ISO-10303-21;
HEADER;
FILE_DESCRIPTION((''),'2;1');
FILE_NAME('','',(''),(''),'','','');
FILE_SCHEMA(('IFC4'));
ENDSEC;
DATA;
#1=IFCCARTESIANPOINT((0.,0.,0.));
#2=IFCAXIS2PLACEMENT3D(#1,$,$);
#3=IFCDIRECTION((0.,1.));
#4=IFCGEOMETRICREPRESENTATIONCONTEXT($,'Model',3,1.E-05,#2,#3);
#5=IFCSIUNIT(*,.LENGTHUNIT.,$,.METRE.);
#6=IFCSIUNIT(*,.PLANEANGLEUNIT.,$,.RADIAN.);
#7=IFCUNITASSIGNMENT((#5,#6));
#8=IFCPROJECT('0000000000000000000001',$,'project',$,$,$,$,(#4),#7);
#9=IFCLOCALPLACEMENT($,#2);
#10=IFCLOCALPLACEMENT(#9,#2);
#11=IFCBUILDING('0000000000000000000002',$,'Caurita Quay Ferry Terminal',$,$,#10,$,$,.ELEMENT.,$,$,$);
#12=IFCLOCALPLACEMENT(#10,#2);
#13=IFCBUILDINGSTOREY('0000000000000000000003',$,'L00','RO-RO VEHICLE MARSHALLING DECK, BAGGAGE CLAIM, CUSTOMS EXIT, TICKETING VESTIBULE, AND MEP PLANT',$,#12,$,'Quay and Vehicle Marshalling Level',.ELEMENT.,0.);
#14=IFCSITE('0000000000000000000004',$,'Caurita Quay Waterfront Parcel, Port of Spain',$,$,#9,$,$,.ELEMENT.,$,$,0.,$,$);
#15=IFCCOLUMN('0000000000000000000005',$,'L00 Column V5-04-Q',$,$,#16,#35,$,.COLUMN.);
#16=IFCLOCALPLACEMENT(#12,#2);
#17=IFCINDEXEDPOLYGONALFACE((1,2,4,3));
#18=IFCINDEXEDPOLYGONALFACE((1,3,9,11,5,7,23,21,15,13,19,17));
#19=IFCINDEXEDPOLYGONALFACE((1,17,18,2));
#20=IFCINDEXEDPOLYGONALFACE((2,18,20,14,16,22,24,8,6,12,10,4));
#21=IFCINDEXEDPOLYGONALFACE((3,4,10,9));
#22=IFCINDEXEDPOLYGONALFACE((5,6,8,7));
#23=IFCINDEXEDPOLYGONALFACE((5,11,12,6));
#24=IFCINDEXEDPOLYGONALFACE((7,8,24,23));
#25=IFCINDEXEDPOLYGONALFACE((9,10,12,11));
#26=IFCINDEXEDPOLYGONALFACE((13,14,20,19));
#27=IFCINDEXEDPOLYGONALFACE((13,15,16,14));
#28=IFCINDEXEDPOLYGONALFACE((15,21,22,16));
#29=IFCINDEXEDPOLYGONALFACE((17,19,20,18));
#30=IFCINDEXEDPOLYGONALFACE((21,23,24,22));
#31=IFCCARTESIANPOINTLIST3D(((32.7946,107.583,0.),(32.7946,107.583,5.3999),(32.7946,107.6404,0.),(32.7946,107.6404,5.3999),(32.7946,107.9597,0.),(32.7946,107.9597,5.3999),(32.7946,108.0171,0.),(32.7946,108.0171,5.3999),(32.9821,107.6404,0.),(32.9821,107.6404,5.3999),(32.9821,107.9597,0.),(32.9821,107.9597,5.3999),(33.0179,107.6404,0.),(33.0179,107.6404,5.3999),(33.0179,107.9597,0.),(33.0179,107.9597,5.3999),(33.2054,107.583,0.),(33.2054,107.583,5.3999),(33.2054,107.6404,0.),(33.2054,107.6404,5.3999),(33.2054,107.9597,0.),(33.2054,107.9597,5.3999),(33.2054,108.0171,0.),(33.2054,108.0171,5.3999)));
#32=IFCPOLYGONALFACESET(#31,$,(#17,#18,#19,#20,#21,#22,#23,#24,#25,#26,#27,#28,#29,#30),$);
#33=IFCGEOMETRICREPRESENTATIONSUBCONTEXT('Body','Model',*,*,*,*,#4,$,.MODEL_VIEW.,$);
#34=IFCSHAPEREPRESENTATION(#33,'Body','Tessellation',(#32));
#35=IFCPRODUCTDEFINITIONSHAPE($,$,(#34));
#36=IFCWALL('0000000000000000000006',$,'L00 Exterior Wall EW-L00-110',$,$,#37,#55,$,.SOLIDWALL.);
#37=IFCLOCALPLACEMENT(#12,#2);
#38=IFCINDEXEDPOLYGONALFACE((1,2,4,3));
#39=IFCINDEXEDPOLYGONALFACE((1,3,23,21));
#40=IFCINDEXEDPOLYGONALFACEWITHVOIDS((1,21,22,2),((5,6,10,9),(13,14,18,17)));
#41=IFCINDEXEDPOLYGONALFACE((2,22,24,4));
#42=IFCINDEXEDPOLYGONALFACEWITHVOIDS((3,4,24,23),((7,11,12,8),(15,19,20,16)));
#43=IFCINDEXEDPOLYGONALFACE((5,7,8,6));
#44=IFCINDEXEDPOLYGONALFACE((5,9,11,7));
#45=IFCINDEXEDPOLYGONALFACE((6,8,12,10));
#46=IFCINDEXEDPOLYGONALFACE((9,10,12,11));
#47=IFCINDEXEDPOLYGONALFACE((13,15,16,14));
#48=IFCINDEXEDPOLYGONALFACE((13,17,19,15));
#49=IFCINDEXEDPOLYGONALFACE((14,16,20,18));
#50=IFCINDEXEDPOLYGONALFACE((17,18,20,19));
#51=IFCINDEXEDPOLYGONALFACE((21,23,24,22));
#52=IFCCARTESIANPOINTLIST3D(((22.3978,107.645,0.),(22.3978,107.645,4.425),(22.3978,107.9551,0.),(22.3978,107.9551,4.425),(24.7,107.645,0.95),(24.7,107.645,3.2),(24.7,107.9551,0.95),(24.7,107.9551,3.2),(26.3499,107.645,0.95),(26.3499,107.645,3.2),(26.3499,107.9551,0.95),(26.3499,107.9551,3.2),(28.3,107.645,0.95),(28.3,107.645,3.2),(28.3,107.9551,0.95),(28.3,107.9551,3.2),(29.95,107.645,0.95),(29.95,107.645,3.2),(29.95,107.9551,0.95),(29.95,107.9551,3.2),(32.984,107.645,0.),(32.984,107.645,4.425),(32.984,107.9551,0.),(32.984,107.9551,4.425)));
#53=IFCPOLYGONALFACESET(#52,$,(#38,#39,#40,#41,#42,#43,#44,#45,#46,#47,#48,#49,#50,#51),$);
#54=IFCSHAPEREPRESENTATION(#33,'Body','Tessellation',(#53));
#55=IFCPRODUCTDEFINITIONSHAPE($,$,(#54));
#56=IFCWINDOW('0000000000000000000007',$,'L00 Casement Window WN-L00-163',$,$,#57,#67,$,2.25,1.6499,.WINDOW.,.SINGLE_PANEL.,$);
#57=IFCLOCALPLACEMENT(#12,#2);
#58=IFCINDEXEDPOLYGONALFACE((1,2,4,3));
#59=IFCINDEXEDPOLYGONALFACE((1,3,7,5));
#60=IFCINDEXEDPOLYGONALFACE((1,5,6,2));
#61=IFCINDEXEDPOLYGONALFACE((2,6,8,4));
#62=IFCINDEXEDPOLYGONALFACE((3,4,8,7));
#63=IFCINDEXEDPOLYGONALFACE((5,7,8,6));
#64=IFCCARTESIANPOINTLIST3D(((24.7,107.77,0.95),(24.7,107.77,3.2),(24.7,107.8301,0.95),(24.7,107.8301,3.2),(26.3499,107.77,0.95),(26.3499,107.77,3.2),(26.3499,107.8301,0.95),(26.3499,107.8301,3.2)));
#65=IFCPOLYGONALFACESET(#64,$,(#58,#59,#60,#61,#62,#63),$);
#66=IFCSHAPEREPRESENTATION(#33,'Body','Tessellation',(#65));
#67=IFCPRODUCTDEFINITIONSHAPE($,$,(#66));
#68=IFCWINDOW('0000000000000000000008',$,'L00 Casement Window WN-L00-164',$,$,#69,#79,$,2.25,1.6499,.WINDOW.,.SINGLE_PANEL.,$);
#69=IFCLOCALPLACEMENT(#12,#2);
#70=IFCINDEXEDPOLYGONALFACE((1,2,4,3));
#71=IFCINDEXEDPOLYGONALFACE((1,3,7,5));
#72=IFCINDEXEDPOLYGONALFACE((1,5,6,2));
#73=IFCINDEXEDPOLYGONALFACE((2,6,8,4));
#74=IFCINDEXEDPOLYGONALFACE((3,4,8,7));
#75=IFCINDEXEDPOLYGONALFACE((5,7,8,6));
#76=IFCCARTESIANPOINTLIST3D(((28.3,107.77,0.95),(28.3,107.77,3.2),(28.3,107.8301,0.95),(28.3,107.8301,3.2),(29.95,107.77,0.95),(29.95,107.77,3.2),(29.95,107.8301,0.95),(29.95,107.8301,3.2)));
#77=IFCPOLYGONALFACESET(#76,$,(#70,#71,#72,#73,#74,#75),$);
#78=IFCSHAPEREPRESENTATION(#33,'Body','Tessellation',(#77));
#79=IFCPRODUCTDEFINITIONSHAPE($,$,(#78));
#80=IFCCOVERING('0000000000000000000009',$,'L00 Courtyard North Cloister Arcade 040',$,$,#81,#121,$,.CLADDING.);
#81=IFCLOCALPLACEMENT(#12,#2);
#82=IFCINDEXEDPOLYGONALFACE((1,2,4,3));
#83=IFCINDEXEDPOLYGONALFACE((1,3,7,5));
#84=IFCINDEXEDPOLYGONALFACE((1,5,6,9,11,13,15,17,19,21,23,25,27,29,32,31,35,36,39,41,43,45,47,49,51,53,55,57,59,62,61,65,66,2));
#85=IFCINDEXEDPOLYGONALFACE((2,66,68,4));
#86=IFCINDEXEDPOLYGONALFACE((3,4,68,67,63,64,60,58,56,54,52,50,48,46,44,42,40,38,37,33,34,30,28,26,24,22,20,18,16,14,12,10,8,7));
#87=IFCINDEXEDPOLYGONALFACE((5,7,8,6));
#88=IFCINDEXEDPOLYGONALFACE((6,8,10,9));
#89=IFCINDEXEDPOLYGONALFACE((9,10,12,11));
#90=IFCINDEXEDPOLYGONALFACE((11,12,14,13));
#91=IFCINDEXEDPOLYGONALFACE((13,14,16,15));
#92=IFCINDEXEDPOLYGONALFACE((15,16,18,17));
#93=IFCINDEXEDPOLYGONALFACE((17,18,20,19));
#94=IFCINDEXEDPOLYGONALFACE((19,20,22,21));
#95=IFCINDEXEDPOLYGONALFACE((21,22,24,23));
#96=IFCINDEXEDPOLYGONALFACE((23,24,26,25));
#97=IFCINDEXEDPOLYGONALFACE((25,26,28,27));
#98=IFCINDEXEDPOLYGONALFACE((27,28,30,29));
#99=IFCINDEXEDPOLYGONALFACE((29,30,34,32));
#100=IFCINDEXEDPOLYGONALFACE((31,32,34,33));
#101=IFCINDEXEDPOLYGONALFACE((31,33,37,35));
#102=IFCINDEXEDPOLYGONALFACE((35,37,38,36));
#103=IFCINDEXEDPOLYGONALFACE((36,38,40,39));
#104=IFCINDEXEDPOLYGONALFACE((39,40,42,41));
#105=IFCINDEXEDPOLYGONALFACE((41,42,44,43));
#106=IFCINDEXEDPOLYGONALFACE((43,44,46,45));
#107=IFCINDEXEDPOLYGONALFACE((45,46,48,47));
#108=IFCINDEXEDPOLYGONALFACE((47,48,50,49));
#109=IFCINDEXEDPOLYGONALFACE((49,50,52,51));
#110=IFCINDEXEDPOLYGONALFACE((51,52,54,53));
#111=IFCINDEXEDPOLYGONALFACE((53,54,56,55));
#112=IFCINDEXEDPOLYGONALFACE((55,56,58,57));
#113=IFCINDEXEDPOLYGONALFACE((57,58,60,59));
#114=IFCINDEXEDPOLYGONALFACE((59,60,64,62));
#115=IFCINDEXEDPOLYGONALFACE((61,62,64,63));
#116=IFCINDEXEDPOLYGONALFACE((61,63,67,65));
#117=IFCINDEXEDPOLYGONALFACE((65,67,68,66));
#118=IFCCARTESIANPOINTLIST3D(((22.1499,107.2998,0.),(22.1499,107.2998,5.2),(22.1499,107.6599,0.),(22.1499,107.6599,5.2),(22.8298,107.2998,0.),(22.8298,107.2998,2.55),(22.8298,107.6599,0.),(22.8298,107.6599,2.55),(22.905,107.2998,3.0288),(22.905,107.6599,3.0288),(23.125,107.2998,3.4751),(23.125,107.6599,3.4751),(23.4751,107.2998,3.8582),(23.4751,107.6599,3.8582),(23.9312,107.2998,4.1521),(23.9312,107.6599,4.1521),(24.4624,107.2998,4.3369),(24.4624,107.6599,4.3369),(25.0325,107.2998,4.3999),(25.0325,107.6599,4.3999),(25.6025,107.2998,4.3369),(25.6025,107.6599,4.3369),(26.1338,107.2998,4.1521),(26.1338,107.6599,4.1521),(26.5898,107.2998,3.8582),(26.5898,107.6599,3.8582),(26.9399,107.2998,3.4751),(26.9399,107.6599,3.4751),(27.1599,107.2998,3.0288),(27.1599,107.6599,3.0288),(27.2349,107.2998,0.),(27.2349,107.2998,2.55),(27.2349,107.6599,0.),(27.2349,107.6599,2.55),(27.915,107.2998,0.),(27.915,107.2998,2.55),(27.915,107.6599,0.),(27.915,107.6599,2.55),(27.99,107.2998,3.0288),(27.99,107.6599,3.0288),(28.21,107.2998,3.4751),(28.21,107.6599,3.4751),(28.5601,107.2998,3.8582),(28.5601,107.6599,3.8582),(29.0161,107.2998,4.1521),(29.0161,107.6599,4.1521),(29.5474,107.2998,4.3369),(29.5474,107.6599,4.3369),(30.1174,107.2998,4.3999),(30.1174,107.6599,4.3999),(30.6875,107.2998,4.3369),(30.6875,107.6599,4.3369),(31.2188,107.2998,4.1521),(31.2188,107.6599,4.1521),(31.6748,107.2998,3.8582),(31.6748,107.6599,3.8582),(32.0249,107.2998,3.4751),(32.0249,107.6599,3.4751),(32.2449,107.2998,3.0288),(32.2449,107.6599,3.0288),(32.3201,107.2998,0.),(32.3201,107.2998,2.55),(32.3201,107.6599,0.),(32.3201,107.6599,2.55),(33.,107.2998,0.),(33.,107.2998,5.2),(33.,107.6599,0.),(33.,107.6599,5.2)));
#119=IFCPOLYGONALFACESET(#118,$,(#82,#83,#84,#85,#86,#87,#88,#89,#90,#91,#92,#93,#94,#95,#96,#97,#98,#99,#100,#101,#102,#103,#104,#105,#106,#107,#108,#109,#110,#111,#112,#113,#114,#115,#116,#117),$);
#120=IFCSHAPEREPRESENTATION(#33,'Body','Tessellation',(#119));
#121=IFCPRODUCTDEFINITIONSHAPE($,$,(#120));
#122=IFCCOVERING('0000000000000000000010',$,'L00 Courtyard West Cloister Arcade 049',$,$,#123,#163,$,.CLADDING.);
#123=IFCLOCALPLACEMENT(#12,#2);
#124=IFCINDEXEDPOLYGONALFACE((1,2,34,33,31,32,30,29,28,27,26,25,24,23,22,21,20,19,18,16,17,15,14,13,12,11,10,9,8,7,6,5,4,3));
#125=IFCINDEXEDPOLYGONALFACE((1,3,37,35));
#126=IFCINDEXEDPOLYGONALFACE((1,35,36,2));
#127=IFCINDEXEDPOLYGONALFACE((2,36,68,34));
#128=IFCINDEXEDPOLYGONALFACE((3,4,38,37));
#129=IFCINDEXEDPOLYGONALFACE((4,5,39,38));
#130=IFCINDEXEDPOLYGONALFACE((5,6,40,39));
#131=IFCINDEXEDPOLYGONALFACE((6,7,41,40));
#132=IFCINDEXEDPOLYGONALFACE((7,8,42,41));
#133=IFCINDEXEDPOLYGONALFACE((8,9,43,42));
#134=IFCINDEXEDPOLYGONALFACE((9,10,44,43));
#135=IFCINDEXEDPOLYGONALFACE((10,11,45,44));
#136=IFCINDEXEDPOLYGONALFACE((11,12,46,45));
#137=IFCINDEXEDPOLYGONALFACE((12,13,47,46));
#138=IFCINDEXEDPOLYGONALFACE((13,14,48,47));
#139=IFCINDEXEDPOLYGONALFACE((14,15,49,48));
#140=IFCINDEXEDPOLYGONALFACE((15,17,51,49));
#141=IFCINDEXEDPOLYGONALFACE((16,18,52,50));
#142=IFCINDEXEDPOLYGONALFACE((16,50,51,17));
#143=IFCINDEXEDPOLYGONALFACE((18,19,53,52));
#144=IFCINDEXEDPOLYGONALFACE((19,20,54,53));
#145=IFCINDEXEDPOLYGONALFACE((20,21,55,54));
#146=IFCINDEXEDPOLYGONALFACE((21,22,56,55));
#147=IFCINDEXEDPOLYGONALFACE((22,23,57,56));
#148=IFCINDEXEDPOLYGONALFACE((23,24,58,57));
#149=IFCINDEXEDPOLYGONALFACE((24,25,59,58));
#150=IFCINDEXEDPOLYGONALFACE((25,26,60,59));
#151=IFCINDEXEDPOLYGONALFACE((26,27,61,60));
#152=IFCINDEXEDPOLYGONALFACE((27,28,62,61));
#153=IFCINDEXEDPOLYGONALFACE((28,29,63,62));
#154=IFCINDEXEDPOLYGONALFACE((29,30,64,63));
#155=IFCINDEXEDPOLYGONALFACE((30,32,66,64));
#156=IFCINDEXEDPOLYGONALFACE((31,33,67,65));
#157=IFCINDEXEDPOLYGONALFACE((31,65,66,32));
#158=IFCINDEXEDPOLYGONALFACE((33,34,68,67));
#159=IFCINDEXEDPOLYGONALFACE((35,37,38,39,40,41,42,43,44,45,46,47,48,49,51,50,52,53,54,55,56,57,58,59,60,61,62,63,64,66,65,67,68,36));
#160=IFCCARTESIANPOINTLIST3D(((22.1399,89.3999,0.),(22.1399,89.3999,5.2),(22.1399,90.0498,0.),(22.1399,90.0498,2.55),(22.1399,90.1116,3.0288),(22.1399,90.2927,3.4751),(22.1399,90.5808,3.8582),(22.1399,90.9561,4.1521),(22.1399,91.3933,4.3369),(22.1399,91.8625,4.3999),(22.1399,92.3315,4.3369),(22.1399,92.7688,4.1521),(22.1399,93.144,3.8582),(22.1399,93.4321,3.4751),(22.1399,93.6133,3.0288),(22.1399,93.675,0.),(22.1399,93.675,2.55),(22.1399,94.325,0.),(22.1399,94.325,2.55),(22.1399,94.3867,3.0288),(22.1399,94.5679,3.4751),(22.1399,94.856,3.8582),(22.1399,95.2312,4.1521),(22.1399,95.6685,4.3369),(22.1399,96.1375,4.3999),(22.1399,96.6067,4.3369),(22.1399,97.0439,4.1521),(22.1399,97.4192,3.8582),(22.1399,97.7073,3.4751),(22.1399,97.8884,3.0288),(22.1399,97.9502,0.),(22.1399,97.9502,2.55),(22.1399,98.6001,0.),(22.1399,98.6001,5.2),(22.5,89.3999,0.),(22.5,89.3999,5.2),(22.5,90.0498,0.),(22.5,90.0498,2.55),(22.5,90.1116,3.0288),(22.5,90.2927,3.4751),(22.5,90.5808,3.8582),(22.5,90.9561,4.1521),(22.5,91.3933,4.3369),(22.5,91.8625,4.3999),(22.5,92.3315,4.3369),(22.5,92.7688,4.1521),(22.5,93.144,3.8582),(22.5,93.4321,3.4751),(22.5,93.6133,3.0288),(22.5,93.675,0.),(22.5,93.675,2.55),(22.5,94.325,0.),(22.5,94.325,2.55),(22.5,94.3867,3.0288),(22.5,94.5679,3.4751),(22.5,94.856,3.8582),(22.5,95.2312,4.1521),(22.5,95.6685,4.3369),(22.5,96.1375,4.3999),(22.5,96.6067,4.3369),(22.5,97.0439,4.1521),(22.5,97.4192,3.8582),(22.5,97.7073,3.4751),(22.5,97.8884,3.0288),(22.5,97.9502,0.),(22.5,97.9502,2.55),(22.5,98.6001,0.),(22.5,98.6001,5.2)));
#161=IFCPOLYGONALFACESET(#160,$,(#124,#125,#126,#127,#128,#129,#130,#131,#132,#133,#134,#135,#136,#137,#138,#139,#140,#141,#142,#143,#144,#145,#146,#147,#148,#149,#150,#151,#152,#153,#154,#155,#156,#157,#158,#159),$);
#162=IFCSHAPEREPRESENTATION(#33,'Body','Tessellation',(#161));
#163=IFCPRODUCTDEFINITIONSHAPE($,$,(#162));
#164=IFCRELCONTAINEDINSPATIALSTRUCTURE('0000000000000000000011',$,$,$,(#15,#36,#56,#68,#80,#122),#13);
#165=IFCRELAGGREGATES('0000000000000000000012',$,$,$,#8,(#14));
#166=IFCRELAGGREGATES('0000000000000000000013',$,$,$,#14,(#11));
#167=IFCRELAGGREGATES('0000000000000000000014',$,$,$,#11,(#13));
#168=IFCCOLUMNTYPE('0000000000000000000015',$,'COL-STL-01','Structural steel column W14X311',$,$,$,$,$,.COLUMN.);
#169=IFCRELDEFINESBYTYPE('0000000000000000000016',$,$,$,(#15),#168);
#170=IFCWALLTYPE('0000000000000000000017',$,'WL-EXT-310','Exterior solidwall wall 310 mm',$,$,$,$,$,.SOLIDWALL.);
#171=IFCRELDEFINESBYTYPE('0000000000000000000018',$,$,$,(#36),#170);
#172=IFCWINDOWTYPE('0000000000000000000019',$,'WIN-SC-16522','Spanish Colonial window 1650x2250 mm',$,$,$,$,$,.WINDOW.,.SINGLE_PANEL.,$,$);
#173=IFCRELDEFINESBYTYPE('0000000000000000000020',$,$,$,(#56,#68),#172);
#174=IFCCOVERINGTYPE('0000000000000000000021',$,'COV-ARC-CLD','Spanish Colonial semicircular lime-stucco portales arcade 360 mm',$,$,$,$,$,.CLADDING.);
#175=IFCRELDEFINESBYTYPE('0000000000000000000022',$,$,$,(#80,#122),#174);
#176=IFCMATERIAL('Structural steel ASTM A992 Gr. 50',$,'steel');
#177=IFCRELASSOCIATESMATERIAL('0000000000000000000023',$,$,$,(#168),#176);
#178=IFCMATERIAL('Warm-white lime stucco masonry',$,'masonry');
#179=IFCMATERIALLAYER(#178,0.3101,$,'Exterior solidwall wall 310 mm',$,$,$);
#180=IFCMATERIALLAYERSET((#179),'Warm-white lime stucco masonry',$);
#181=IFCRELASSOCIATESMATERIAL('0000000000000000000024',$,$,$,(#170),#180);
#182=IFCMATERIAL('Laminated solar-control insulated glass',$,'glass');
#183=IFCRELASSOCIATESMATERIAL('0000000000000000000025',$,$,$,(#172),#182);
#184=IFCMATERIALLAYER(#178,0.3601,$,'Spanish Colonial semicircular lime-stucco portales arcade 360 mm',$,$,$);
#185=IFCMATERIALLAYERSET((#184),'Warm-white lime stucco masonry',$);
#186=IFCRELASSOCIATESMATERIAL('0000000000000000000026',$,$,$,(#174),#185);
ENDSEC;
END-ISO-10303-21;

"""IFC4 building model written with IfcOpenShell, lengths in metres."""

from ifc_helpers import new_model, si_unit, direction, frame, frame_2d, origin, origin_2d, place, context, subcontext, project, spatial, polyline, rectangle, i_section, outline, extrude, material, layer, layer_set, material_profile, profile_set, type_object, element, fill, save


model = new_model("IFC4")

# Units and contexts
model_context = context("Model", 3, precision=1e-05, world=origin(), true_north=direction((0.0, 1.0)))
body_context = subcontext(model_context, "Body", "Model", "MODEL_VIEW")
ifc_project = project(units=[si_unit("LENGTHUNIT", "METRE"), si_unit("PLANEANGLEUNIT", "RADIAN")], contexts=[model_context])

# Site, building, storey
site_placement = place(None, origin())
site = spatial("IfcSite", under=ifc_project, at=site_placement, Name="Caurita Quay Waterfront Parcel, Port of Spain", CompositionType="ELEMENT", RefElevation=0.0)
building_placement = place(site_placement, origin())
building = spatial("IfcBuilding", under=site, at=building_placement, Name="Caurita Quay Ferry Terminal", CompositionType="ELEMENT")
storey_placement = place(building_placement, origin())
storey = spatial("IfcBuildingStorey", under=building, at=storey_placement, Name="L00", Description="RO-RO VEHICLE MARSHALLING DECK, BAGGAGE CLAIM, CUSTOMS EXIT, TICKETING VESTIBULE, AND MEP PLANT", LongName="Quay and Vehicle Marshalling Level", CompositionType="ELEMENT", Elevation=0.0)

# Column
ifc_material_1 = material(Name="Structural steel ASTM A992 Gr. 50", Category="steel")
ifc_material_profile_1 = material_profile(ifc_material_1, i_section(OverallWidth=0.4109, OverallDepth=0.4341, WebThickness=0.0359, FlangeThickness=0.0574, at=origin_2d()), Name="W14X311")
ifc_profile_set_1 = profile_set([ifc_material_profile_1], Name="Structural steel ASTM A992 Gr. 50")
column_type = type_object("IfcColumnType", Name="COL-STL-01", Description="Structural steel column W14X311", PredefinedType="COLUMN", material=ifc_profile_set_1)
column_placement = place(storey_placement, frame((33.0, 107.8, 0.0), z_axis=(0.0, 0.0, 1.0), x_axis=(1.0, 0.0, 0.0)))
element("IfcColumn", 1, at=column_placement, inside=storey, type_object=column_type, Name="L00 Column V5-04-Q", PredefinedType="COLUMN", context=body_context, shape_type="SweptSolid", body=[
    extrude(i_section(OverallWidth=0.4109, OverallDepth=0.4341, WebThickness=0.0359, FlangeThickness=0.0574, at=origin_2d()), origin(), (0.0, 0.0, 1.0), 5.3999),
])

# Wall, openings, windows
ifc_material_2 = material(Name="Warm-white lime stucco masonry", Category="masonry")
ifc_layer_1 = layer(ifc_material_2, 0.3101, Name="Exterior solidwall wall 310 mm")
ifc_layer_set_1 = layer_set([ifc_layer_1], Name="Warm-white lime stucco masonry")
wall_type = type_object("IfcWallType", Name="WL-EXT-310", Description="Exterior solidwall wall 310 mm", PredefinedType="SOLIDWALL", material=ifc_layer_set_1)
wall_1_placement = place(storey_placement, frame((22.3979, 107.8, 0.0), z_axis=(0.0, 0.0, 1.0), x_axis=(1.0, 0.0, 0.0)))
wall_1 = element("IfcWall", 2, at=wall_1_placement, inside=storey, type_object=wall_type, Name="L00 Exterior Wall EW-L00-110", PredefinedType="SOLIDWALL", context=body_context, shape_type="SweptSolid", body=[
    extrude(rectangle(XDim=10.5862, YDim=0.3101, at=frame_2d((5.293, 0.0))), origin(), (0.0, 0.0, 1.0), 4.425),
])
opening_1_placement = place(wall_1_placement, frame((2.302, 0.0, 0.95)))
opening_1 = element("IfcOpeningElement", 3, at=opening_1_placement, cuts=wall_1, PredefinedType="OPENING", context=body_context, shape_type="SweptSolid", body=[
    extrude(rectangle(XDim=1.6499, YDim=2.25, at=frame_2d((0.825, 1.125))), frame((0.0, 0.165, 0.0), z_axis=(0.0, -1.0, 0.0), x_axis=(1.0, 0.0, 0.0)), (0.0, 0.0, 1.0), 0.3301),
])
opening_2_placement = place(wall_1_placement, frame((5.9021, 0.0, 0.95)))
opening_2 = element("IfcOpeningElement", 4, at=opening_2_placement, cuts=wall_1, PredefinedType="OPENING", context=body_context, shape_type="SweptSolid", body=[
    extrude(rectangle(XDim=1.6499, YDim=2.25, at=frame_2d((0.825, 1.125))), frame((0.0, 0.165, 0.0), z_axis=(0.0, -1.0, 0.0), x_axis=(1.0, 0.0, 0.0)), (0.0, 0.0, 1.0), 0.3301),
])
ifc_material_3 = material(Name="Laminated solar-control insulated glass", Category="glass")
window_type = type_object("IfcWindowType", Name="WIN-SC-16522", Description="Spanish Colonial window 1650x2250 mm", PartitioningType="SINGLE_PANEL", PredefinedType="WINDOW", material=ifc_material_3)
window_1_placement = place(opening_1_placement, origin())
window_1 = element("IfcWindow", 5, at=window_1_placement, inside=storey, type_object=window_type, Name="L00 Casement Window WN-L00-163", OverallHeight=2.25, OverallWidth=1.6499, PartitioningType="SINGLE_PANEL", PredefinedType="WINDOW", context=body_context, shape_type="SweptSolid", body=[
    extrude(rectangle(XDim=1.6499, YDim=2.25, at=frame_2d((0.825, 1.125))), frame((0.0, 0.03, 0.0), z_axis=(0.0, -1.0, 0.0), x_axis=(1.0, 0.0, 0.0)), (0.0, 0.0, 1.0), 0.0601),
])
fill(opening_1, window_1)
window_2_placement = place(opening_2_placement, origin())
window_2 = element("IfcWindow", 6, at=window_2_placement, inside=storey, type_object=window_type, Name="L00 Casement Window WN-L00-164", OverallHeight=2.25, OverallWidth=1.6499, PartitioningType="SINGLE_PANEL", PredefinedType="WINDOW", context=body_context, shape_type="SweptSolid", body=[
    extrude(rectangle(XDim=1.6499, YDim=2.25, at=frame_2d((0.825, 1.125))), frame((0.0, 0.03, 0.0), z_axis=(0.0, -1.0, 0.0), x_axis=(1.0, 0.0, 0.0)), (0.0, 0.0, 1.0), 0.0601),
])
fill(opening_2, window_2)

# Coverings
ifc_layer_2 = layer(ifc_material_2, 0.3601, Name="Spanish Colonial semicircular lime-stucco portales arcade 360 mm")
ifc_layer_set_2 = layer_set([ifc_layer_2], Name="Warm-white lime stucco masonry")
covering_type = type_object("IfcCoveringType", Name="COV-ARC-CLD", Description="Spanish Colonial semicircular lime-stucco portales arcade 360 mm", PredefinedType="CLADDING", material=ifc_layer_set_2)
covering_1_placement = place(storey_placement, frame((33.0, 107.48, 0.0), z_axis=(0.0, 0.0, 1.0), x_axis=(-1.0, 0.0, 0.0)))
element("IfcCovering", 7, at=covering_1_placement, inside=storey, type_object=covering_type, Name="L00 Courtyard North Cloister Arcade 040", PredefinedType="CLADDING", context=body_context, shape_type="SweptSolid", body=[
    extrude(outline(polyline([(0.0, 0.0), (0.6799, 0.0), (0.6799, 2.55), (0.7551, 3.0288), (0.9751, 3.4751), (1.3252, 3.8582), (1.7812, 4.1521), (2.3125, 4.3369), (2.8826, 4.3999), (3.4526, 4.3369), (3.9839, 4.1521), (4.4399, 3.8582), (4.79, 3.4751), (5.01, 3.0288), (5.085, 2.55), (5.085, 0.0), (5.7651, 0.0), (5.7651, 2.55), (5.8401, 3.0288), (6.0601, 3.4751), (6.4102, 3.8582), (6.8662, 4.1521), (7.3975, 4.3369), (7.9675, 4.3999), (8.5376, 4.3369), (9.0688, 4.1521), (9.5249, 3.8582), (9.875, 3.4751), (10.095, 3.0288), (10.1702, 2.55), (10.1702, 0.0), (10.8501, 0.0), (10.8501, 5.2), (0.0, 5.2), (0.0, 0.0)])), frame((0.0, 0.1802, 0.0), z_axis=(0.0, -1.0, 0.0), x_axis=(1.0, 0.0, 0.0)), (0.0, 0.0, 1.0), 0.3601),
])
covering_2_placement = place(storey_placement, frame((22.3201, 89.3999, 0.0), z_axis=(0.0, 0.0, 1.0), x_axis=(0.0, 1.0, 0.0)))
element("IfcCovering", 8, at=covering_2_placement, inside=storey, type_object=covering_type, Name="L00 Courtyard West Cloister Arcade 049", PredefinedType="CLADDING", context=body_context, shape_type="SweptSolid", body=[
    extrude(outline(polyline([(0.0, 0.0), (0.6499, 0.0), (0.6499, 2.55), (0.7117, 3.0288), (0.8928, 3.4751), (1.1809, 3.8582), (1.5562, 4.1521), (1.9934, 4.3369), (2.4626, 4.3999), (2.9316, 4.3369), (3.3689, 4.1521), (3.7441, 3.8582), (4.0322, 3.4751), (4.2134, 3.0288), (4.2751, 2.55), (4.2751, 0.0), (4.925, 0.0), (4.925, 2.55), (4.9868, 3.0288), (5.168, 3.4751), (5.4561, 3.8582), (5.8313, 4.1521), (6.2686, 4.3369), (6.7375, 4.3999), (7.2068, 4.3369), (7.644, 4.1521), (8.0193, 3.8582), (8.3074, 3.4751), (8.4885, 3.0288), (8.5503, 2.55), (8.5503, 0.0), (9.2002, 0.0), (9.2002, 5.2), (0.0, 5.2), (0.0, 0.0)])), frame((0.0, 0.1802, 0.0), z_axis=(0.0, -1.0, 0.0), x_axis=(1.0, 0.0, 0.0)), (0.0, 0.0, 1.0), 0.3601),
])

save(model, "model.ifc")
